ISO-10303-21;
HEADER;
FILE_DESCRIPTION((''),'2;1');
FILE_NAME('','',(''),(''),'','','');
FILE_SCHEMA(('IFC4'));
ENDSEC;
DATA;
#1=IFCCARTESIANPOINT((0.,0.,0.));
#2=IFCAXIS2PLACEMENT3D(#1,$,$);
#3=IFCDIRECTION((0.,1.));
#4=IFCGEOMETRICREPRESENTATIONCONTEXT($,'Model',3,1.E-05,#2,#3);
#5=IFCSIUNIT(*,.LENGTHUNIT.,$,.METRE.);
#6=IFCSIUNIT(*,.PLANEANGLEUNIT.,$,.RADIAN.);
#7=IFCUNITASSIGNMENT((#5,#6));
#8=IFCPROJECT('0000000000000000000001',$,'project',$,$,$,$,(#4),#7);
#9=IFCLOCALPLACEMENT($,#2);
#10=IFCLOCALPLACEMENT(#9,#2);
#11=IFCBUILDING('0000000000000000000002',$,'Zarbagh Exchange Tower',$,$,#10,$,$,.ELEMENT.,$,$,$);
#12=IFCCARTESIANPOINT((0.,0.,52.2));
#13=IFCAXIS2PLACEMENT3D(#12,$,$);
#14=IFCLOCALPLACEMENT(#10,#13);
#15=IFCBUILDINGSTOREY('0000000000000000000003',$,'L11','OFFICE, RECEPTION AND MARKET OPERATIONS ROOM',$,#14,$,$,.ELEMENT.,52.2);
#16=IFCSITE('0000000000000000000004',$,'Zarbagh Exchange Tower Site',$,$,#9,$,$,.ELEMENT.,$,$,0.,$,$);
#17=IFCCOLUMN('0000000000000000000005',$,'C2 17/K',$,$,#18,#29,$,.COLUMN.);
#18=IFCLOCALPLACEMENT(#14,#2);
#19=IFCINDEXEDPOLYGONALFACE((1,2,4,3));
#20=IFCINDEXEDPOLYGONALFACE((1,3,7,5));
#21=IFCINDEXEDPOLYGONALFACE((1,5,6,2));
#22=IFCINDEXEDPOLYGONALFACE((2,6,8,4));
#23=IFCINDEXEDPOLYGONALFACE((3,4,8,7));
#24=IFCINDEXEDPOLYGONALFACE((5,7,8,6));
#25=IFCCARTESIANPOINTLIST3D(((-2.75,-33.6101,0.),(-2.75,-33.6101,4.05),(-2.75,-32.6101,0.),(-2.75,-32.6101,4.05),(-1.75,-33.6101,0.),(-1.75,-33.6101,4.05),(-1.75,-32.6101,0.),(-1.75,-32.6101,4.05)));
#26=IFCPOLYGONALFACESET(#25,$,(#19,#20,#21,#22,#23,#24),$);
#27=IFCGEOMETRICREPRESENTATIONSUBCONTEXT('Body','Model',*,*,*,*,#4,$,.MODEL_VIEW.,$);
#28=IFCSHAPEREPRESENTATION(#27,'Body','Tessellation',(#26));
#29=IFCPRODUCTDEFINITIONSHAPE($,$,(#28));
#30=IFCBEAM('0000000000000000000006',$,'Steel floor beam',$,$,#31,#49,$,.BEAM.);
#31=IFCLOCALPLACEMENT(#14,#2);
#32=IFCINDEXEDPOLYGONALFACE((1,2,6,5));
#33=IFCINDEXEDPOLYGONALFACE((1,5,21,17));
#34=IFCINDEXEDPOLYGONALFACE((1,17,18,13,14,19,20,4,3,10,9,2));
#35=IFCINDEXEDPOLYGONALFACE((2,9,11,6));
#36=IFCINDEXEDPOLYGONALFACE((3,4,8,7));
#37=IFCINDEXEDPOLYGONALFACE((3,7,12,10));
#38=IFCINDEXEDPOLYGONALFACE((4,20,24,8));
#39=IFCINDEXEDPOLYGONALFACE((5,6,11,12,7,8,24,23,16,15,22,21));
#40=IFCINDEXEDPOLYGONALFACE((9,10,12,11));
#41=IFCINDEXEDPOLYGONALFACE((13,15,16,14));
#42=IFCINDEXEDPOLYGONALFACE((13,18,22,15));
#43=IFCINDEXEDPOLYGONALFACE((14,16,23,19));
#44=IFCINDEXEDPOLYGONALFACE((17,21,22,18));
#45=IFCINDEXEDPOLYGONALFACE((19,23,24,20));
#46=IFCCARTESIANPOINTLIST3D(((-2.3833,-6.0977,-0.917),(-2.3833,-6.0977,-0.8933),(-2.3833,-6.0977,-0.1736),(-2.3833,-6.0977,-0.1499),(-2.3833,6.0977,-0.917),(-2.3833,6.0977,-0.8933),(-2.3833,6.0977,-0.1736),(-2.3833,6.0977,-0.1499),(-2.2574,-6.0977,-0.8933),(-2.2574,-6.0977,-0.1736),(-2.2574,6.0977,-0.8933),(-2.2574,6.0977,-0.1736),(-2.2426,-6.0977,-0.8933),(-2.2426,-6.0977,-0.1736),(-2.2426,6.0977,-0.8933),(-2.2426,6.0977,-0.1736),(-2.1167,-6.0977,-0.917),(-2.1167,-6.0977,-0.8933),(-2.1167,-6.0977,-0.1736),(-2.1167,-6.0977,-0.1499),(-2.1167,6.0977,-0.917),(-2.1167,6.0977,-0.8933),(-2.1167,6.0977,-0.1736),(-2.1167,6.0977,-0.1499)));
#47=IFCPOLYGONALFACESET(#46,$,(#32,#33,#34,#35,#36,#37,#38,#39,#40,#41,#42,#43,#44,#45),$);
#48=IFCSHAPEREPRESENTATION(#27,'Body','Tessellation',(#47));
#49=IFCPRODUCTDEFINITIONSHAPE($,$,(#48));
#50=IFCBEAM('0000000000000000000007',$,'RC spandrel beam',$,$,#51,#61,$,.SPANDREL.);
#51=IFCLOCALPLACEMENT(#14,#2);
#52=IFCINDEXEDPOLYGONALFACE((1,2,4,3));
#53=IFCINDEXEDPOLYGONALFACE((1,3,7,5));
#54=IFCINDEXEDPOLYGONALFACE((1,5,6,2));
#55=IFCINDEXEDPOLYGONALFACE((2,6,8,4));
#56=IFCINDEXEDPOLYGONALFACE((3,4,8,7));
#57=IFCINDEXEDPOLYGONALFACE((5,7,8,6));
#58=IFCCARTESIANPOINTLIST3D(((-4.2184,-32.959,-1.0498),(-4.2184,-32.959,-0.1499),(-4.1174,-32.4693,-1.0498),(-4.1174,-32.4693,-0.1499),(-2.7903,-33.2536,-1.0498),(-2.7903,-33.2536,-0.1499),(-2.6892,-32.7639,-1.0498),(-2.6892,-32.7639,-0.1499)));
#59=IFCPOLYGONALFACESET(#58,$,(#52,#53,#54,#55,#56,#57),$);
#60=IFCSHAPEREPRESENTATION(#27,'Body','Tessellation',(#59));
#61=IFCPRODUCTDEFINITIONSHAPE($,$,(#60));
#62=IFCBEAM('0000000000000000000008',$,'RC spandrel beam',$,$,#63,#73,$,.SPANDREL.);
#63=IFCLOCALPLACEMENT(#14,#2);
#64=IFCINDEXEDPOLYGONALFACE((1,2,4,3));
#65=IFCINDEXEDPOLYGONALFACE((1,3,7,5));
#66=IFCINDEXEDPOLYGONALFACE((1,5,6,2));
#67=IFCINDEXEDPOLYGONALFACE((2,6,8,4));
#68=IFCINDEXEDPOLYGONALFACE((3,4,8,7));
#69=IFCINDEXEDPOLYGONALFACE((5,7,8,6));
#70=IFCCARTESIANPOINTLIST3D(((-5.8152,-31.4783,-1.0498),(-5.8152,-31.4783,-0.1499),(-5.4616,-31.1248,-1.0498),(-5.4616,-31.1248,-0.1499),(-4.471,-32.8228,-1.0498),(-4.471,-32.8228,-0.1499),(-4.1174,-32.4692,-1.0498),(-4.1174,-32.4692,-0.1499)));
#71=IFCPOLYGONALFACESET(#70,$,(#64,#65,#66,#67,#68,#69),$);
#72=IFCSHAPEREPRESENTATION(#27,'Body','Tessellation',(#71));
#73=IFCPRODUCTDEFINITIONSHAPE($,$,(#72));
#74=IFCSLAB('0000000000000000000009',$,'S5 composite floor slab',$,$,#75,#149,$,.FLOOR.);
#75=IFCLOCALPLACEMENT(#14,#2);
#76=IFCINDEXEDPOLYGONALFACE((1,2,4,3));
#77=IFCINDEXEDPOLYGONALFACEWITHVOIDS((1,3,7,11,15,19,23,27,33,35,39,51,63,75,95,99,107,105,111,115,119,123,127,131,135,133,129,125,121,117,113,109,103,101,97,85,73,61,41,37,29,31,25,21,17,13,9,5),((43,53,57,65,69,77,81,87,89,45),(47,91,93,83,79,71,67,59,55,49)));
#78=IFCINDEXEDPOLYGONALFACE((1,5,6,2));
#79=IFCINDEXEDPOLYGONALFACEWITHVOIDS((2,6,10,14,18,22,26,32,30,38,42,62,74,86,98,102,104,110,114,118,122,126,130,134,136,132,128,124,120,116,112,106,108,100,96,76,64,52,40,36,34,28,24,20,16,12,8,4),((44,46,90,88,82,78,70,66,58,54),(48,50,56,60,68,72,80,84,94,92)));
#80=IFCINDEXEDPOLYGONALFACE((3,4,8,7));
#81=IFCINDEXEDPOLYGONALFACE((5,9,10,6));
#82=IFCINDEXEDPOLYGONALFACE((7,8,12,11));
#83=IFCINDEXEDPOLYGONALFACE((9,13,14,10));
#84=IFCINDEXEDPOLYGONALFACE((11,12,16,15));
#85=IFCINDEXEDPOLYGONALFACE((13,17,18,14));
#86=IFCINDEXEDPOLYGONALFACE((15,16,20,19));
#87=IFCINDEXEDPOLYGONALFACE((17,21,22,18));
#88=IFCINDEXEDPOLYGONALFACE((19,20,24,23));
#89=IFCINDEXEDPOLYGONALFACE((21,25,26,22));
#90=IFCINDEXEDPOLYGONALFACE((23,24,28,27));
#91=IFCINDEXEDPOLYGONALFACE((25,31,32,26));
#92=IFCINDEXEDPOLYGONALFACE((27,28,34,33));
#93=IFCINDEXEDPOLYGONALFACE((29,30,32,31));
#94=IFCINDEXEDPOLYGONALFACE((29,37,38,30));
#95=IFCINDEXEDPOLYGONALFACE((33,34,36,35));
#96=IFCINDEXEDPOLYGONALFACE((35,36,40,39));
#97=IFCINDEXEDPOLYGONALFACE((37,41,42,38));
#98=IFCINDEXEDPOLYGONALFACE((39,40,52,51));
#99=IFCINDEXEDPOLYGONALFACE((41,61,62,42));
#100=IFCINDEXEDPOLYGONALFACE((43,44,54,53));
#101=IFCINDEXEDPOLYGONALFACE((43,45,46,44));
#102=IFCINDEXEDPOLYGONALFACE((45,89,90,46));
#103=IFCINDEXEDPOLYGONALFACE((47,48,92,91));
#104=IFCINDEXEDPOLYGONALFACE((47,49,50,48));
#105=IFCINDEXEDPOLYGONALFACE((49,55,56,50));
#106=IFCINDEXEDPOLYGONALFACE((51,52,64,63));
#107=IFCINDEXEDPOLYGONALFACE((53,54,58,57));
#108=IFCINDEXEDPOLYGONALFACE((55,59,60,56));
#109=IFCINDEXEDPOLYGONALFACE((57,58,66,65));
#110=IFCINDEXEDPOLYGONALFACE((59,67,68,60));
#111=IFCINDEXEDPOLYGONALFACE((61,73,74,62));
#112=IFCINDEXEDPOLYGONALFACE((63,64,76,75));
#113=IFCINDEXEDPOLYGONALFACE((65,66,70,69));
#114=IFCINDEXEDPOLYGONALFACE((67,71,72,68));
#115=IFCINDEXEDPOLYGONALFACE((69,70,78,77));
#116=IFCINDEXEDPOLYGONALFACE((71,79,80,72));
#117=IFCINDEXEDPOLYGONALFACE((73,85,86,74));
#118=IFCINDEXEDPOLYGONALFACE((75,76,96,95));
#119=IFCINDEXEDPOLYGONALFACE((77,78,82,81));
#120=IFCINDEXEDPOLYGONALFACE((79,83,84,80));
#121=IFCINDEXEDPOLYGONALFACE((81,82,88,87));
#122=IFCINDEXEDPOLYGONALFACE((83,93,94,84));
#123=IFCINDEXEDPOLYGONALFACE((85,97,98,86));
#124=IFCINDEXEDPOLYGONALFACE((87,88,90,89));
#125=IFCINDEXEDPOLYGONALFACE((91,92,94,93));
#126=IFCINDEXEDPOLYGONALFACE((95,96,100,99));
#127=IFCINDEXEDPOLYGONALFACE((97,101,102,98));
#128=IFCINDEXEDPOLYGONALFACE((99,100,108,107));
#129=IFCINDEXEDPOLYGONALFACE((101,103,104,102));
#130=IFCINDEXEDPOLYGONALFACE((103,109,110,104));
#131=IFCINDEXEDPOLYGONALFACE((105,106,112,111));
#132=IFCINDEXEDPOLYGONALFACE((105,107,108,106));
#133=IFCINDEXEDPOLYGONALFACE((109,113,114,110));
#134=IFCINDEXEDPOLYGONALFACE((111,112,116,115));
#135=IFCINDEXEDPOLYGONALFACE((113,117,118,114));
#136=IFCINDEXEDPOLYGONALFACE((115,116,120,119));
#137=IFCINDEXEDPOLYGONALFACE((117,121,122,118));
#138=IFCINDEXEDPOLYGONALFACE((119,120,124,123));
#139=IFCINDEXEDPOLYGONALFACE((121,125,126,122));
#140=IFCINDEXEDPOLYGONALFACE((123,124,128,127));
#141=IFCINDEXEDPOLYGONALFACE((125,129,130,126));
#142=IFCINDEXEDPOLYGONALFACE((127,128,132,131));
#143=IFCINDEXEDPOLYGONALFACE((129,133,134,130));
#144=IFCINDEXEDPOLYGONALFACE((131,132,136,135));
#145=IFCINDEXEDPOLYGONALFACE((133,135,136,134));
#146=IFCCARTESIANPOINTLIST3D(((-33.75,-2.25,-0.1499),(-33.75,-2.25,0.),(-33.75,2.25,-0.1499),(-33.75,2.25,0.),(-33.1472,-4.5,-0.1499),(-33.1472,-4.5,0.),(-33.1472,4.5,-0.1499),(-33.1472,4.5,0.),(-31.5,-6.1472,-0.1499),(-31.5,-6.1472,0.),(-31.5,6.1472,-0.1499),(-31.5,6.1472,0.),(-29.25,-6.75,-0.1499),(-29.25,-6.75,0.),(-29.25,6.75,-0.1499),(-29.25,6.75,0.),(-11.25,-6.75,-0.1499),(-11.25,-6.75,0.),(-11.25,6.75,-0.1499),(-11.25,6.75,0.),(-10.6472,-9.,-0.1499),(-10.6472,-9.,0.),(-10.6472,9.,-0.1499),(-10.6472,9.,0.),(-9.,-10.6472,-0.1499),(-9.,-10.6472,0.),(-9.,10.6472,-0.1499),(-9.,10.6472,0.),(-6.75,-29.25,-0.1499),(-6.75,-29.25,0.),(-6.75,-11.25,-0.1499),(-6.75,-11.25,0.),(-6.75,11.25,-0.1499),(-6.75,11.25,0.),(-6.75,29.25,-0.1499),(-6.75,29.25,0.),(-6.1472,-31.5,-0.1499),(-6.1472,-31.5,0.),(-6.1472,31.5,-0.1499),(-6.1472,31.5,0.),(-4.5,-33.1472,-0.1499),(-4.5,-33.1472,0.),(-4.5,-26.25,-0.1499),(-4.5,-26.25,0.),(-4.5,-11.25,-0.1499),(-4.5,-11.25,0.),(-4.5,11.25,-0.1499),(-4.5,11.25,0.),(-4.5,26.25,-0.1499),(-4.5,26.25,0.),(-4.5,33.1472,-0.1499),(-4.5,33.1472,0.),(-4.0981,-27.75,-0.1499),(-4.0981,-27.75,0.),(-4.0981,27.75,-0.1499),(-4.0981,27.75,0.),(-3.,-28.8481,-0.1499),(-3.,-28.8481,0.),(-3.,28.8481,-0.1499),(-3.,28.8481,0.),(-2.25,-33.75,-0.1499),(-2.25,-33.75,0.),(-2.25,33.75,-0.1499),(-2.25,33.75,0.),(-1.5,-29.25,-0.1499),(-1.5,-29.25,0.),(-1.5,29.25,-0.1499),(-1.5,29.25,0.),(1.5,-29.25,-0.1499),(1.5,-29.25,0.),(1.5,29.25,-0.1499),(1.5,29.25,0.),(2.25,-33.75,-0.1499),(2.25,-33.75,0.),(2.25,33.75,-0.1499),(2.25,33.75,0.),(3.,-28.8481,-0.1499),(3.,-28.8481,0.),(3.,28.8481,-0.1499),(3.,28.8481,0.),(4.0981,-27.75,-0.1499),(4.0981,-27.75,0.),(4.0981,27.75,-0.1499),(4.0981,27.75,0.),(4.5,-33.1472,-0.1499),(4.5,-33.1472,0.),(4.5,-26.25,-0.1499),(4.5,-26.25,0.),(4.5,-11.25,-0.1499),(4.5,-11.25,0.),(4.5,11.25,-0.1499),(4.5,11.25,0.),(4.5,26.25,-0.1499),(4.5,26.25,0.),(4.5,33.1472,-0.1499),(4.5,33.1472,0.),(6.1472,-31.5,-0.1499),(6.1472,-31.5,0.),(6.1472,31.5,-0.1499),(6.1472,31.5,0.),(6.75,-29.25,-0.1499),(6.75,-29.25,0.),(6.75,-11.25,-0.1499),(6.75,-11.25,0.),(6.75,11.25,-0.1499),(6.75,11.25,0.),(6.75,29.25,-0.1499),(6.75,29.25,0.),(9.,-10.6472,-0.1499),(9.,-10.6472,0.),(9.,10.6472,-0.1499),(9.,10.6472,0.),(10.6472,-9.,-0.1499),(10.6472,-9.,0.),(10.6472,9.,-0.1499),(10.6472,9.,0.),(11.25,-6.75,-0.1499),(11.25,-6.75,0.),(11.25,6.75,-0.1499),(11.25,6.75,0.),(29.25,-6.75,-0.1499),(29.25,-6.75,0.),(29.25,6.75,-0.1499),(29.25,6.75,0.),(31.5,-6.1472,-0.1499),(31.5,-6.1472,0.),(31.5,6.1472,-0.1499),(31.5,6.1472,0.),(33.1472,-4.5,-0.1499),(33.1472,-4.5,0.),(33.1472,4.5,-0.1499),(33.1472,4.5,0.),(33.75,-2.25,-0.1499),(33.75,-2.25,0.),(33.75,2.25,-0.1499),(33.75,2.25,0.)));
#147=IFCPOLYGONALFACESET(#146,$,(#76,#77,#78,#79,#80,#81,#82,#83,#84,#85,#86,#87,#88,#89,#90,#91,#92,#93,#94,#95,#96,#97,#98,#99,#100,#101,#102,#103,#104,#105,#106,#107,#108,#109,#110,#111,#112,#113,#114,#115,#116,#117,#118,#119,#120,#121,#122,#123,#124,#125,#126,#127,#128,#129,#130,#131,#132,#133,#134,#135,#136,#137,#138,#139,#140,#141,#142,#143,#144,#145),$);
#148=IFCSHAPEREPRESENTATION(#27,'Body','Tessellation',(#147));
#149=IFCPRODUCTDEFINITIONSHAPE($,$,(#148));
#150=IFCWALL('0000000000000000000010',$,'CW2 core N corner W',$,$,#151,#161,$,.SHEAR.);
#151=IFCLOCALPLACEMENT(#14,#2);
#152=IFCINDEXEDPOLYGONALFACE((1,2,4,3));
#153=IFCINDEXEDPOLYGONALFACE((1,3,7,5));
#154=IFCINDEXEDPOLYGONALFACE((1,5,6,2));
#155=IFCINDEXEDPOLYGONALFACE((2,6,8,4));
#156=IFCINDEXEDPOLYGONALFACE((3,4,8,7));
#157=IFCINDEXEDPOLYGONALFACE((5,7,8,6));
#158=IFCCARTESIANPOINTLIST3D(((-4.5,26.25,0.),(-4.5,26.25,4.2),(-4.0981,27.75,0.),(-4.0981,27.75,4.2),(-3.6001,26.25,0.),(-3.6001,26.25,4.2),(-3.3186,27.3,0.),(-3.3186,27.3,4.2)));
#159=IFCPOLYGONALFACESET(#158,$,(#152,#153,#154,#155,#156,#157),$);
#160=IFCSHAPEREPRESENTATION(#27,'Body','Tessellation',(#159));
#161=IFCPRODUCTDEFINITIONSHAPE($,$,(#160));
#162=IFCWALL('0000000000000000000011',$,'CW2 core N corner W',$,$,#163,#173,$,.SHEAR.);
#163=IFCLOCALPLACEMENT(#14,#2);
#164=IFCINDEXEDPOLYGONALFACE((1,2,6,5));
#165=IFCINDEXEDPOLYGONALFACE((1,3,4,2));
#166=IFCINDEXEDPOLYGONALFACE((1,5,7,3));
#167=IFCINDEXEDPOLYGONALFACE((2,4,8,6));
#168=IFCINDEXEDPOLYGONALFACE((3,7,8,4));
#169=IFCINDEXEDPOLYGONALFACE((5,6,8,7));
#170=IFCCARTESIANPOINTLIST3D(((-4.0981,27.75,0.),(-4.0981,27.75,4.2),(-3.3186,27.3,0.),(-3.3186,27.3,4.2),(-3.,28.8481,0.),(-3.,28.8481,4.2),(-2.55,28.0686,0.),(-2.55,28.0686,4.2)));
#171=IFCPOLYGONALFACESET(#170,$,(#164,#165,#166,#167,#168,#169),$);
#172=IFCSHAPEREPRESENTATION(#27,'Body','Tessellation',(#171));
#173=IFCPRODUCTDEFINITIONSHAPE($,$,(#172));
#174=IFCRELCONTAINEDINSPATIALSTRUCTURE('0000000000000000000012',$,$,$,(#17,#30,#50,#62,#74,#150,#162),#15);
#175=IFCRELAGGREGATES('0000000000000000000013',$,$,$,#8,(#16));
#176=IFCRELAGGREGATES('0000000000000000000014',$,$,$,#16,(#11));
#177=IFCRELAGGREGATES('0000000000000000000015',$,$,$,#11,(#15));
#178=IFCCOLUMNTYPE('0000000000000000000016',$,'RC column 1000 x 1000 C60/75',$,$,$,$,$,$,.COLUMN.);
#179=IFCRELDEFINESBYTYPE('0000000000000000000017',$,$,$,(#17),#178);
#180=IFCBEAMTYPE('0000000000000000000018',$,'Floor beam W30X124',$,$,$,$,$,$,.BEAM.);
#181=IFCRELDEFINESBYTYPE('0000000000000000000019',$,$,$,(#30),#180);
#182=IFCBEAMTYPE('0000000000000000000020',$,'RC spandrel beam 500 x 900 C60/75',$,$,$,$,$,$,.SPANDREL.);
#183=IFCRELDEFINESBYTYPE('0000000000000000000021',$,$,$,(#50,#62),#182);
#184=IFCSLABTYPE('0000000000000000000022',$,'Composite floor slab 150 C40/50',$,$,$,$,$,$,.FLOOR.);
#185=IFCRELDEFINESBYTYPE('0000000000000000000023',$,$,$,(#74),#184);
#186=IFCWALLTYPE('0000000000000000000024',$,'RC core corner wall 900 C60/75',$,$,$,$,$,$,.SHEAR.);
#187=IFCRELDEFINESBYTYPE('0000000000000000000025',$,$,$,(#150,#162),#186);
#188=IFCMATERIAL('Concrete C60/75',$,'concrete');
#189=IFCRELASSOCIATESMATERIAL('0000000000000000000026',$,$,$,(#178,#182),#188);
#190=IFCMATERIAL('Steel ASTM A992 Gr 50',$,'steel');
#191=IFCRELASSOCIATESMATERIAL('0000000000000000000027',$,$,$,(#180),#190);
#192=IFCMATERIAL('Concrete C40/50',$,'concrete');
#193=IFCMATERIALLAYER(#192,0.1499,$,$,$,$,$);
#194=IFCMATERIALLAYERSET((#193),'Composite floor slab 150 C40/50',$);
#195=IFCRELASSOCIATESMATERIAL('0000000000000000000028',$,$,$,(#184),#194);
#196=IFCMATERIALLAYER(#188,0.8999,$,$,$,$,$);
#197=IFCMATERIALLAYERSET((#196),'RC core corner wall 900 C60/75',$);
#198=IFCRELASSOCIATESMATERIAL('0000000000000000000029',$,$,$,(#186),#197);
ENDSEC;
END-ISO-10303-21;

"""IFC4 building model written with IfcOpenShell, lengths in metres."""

from ifc_helpers import new_model, si_unit, direction, frame, origin, origin_2d, place, context, subcontext, project, spatial, polyline, rectangle, i_section, outline, extrude, material, layer, layer_set, material_profile, profile_set, type_object, element, save


model = new_model("IFC4")

# Units and contexts
model_context = context("Model", 3, precision=1e-05, world=origin(), true_north=direction((0.0, 1.0)))
body_context = subcontext(model_context, "Body", "Model", "MODEL_VIEW")
ifc_project = project(units=[si_unit("LENGTHUNIT", "METRE"), si_unit("PLANEANGLEUNIT", "RADIAN")], contexts=[model_context])

# Site, building, storey
site_placement = place(None, origin())
site = spatial("IfcSite", under=ifc_project, at=site_placement, Name="Zarbagh Exchange Tower Site", CompositionType="ELEMENT", RefElevation=0.0)
building_placement = place(site_placement, origin())
building = spatial("IfcBuilding", under=site, at=building_placement, Name="Zarbagh Exchange Tower", CompositionType="ELEMENT")
storey_placement = place(building_placement, frame((0.0, 0.0, 52.2)))
storey = spatial("IfcBuildingStorey", under=building, at=storey_placement, Name="L11", Description="OFFICE, RECEPTION AND MARKET OPERATIONS ROOM", CompositionType="ELEMENT", Elevation=52.2)

# Column
ifc_material_1 = material(Name="Concrete C60/75", Category="concrete")
ifc_material_profile_1 = material_profile(ifc_material_1, rectangle(XDim=1.0, YDim=1.0, at=origin_2d()), Name="RC column 1000 x 1000 C60/75")
ifc_profile_set_1 = profile_set([ifc_material_profile_1], Name="Concrete C60/75")
column_type = type_object("IfcColumnType", Name="RC column 1000 x 1000 C60/75", PredefinedType="COLUMN", material=ifc_profile_set_1)
column_placement = place(storey_placement, frame((-2.25, -33.1101, 0.0), z_axis=(0.0, 0.0, 1.0), x_axis=(1.0, 0.0, 0.0)))
element("IfcColumn", 1, at=column_placement, inside=storey, type_object=column_type, Name="C2 17/K", PredefinedType="COLUMN", context=body_context, shape_type="SweptSolid", body=[
    extrude(rectangle(XDim=1.0, YDim=1.0, at=origin_2d()), origin(), (0.0, 0.0, 1.0), 4.05),
])

# Beams
ifc_material_2 = material(Name="Steel ASTM A992 Gr 50", Category="steel")
ifc_material_profile_2 = material_profile(ifc_material_2, i_section(OverallWidth=0.2666, OverallDepth=0.7671, WebThickness=0.0149, FlangeThickness=0.0237, at=origin_2d()), Name="W30X124")
ifc_profile_set_2 = profile_set([ifc_material_profile_2], Name="Steel ASTM A992 Gr 50")
beam_type_1 = type_object("IfcBeamType", Name="Floor beam W30X124", PredefinedType="BEAM", material=ifc_profile_set_2)
beam_1_placement = place(storey_placement, frame((-2.25, -6.0977, -0.5334), z_axis=(0.0, 1.0, 0.0), x_axis=(-1.0, 0.0, 0.0)))
element("IfcBeam", 2, at=beam_1_placement, inside=storey, type_object=beam_type_1, Name="Steel floor beam", PredefinedType="BEAM", context=body_context, shape_type="SweptSolid", body=[
    extrude(i_section(OverallWidth=0.2666, OverallDepth=0.7671, WebThickness=0.0149, FlangeThickness=0.0237, at=origin_2d()), origin(), (0.0, 0.0, 1.0), 12.1953),
])
ifc_material_profile_3 = material_profile(ifc_material_1, rectangle(XDim=0.5, YDim=0.8999, at=origin_2d()), Name="RC spandrel beam 500 x 900 C60/75")
ifc_profile_set_3 = profile_set([ifc_material_profile_3], Name="Concrete C60/75")
beam_type_2 = type_object("IfcBeamType", Name="RC spandrel beam 500 x 900 C60/75", PredefinedType="SPANDREL", material=ifc_profile_set_3)
beam_2_placement = place(storey_placement, frame((-2.7397, -33.0088, -0.5999), z_axis=(-0.979371, 0.202069, 0.0), x_axis=(-0.202069, -0.979371, 0.0)))
element("IfcBeam", 3, at=beam_2_placement, inside=storey, type_object=beam_type_2, Name="RC spandrel beam", PredefinedType="SPANDREL", context=body_context, shape_type="SweptSolid", body=[
    extrude(rectangle(XDim=0.5, YDim=0.8999, at=origin_2d()), origin(), (0.0, 0.0, 1.0), 1.4583),
])
beam_3_placement = place(storey_placement, frame((-4.2942, -32.646, -0.5999), z_axis=(-0.707043, 0.707171, 0.0), x_axis=(-0.707171, -0.707043, 0.0)))
element("IfcBeam", 4, at=beam_3_placement, inside=storey, type_object=beam_type_2, Name="RC spandrel beam", PredefinedType="SPANDREL", context=body_context, shape_type="SweptSolid", body=[
    extrude(rectangle(XDim=0.5, YDim=0.8999, at=origin_2d()), origin(), (0.0, 0.0, 1.0), 1.9011),
])

# Slab
ifc_material_3 = material(Name="Concrete C40/50", Category="concrete")
ifc_layer_1 = layer(ifc_material_3, 0.1499)
ifc_layer_set_1 = layer_set([ifc_layer_1], Name="Composite floor slab 150 C40/50")
slab_type = type_object("IfcSlabType", Name="Composite floor slab 150 C40/50", PredefinedType="FLOOR", material=ifc_layer_set_1)
slab_placement = place(storey_placement, frame((0.0, 0.0, -0.1499)))
element("IfcSlab", 5, at=slab_placement, inside=storey, type_object=slab_type, Name="S5 composite floor slab", PredefinedType="FLOOR", context=body_context, shape_type="SweptSolid", body=[
    extrude(outline(polyline([(-2.25, -33.75), (-4.5, -33.1472), (-6.1472, -31.5), (-6.75, -29.25), (-6.75, -11.25), (-9.0, -10.6472), (-10.6472, -9.0), (-11.25, -6.75), (-29.25, -6.75), (-31.5, -6.1472), (-33.1472, -4.5), (-33.75, -2.25), (-33.75, 2.25), (-33.1472, 4.5), (-31.5, 6.1472), (-29.25, 6.75), (-11.25, 6.75), (-10.6472, 9.0), (-9.0, 10.6472), (-6.75, 11.25), (-6.75, 29.25), (-6.1472, 31.5), (-4.5, 33.1472), (-2.25, 33.75), (2.25, 33.75), (4.5, 33.1472), (6.1472, 31.5), (6.75, 29.25), (6.75, 11.25), (9.0, 10.6472), (10.6472, 9.0), (11.25, 6.75), (29.25, 6.75), (31.5, 6.1472), (33.1472, 4.5), (33.75, 2.25), (33.75, -2.25), (33.1472, -4.5), (31.5, -6.1472), (29.25, -6.75), (11.25, -6.75), (10.6472, -9.0), (9.0, -10.6472), (6.75, -11.25), (6.75, -29.25), (6.1472, -31.5), (4.5, -33.1472), (2.25, -33.75), (-2.25, -33.75)]), holes=[polyline([(4.5, 11.25), (4.5, 26.25), (4.0981, 27.75), (3.0, 28.8481), (1.5, 29.25), (-1.5, 29.25), (-3.0, 28.8481), (-4.0981, 27.75), (-4.5, 26.25), (-4.5, 11.25), (4.5, 11.25)]), polyline([(-1.5, -29.25), (1.5, -29.25), (3.0, -28.8481), (4.0981, -27.75), (4.5, -26.25), (4.5, -11.25), (-4.5, -11.25), (-4.5, -26.25), (-4.0981, -27.75), (-3.0, -28.8481), (-1.5, -29.25)])]), origin(), (0.0, 0.0, 1.0), 0.1499),
])

# Walls
ifc_layer_2 = layer(ifc_material_1, 0.8999)
ifc_layer_set_2 = layer_set([ifc_layer_2], Name="RC core corner wall 900 C60/75")
wall_type_1 = type_object("IfcWallType", Name="RC core corner wall 900 C60/75", PredefinedType="SHEAR", material=ifc_layer_set_2)
wall_1_placement = place(storey_placement, origin())
element("IfcWall", 6, at=wall_1_placement, inside=storey, type_object=wall_type_1, Name="CW2 core N corner W", PredefinedType="SHEAR", context=body_context, shape_type="SweptSolid", body=[
    extrude(outline(polyline([(-4.5, 26.25), (-4.0981, 27.75), (-3.3186, 27.3), (-3.6001, 26.25), (-4.5, 26.25)])), origin(), (0.0, 0.0, 1.0), 4.2),
])
wall_2_placement = place(storey_placement, origin())
element("IfcWall", 7, at=wall_2_placement, inside=storey, type_object=wall_type_1, Name="CW2 core N corner W", PredefinedType="SHEAR", context=body_context, shape_type="SweptSolid", body=[
    extrude(outline(polyline([(-4.0981, 27.75), (-3.0, 28.8481), (-2.55, 28.0686), (-3.3186, 27.3), (-4.0981, 27.75)])), origin(), (0.0, 0.0, 1.0), 4.2),
])

save(model, "model.ifc")
